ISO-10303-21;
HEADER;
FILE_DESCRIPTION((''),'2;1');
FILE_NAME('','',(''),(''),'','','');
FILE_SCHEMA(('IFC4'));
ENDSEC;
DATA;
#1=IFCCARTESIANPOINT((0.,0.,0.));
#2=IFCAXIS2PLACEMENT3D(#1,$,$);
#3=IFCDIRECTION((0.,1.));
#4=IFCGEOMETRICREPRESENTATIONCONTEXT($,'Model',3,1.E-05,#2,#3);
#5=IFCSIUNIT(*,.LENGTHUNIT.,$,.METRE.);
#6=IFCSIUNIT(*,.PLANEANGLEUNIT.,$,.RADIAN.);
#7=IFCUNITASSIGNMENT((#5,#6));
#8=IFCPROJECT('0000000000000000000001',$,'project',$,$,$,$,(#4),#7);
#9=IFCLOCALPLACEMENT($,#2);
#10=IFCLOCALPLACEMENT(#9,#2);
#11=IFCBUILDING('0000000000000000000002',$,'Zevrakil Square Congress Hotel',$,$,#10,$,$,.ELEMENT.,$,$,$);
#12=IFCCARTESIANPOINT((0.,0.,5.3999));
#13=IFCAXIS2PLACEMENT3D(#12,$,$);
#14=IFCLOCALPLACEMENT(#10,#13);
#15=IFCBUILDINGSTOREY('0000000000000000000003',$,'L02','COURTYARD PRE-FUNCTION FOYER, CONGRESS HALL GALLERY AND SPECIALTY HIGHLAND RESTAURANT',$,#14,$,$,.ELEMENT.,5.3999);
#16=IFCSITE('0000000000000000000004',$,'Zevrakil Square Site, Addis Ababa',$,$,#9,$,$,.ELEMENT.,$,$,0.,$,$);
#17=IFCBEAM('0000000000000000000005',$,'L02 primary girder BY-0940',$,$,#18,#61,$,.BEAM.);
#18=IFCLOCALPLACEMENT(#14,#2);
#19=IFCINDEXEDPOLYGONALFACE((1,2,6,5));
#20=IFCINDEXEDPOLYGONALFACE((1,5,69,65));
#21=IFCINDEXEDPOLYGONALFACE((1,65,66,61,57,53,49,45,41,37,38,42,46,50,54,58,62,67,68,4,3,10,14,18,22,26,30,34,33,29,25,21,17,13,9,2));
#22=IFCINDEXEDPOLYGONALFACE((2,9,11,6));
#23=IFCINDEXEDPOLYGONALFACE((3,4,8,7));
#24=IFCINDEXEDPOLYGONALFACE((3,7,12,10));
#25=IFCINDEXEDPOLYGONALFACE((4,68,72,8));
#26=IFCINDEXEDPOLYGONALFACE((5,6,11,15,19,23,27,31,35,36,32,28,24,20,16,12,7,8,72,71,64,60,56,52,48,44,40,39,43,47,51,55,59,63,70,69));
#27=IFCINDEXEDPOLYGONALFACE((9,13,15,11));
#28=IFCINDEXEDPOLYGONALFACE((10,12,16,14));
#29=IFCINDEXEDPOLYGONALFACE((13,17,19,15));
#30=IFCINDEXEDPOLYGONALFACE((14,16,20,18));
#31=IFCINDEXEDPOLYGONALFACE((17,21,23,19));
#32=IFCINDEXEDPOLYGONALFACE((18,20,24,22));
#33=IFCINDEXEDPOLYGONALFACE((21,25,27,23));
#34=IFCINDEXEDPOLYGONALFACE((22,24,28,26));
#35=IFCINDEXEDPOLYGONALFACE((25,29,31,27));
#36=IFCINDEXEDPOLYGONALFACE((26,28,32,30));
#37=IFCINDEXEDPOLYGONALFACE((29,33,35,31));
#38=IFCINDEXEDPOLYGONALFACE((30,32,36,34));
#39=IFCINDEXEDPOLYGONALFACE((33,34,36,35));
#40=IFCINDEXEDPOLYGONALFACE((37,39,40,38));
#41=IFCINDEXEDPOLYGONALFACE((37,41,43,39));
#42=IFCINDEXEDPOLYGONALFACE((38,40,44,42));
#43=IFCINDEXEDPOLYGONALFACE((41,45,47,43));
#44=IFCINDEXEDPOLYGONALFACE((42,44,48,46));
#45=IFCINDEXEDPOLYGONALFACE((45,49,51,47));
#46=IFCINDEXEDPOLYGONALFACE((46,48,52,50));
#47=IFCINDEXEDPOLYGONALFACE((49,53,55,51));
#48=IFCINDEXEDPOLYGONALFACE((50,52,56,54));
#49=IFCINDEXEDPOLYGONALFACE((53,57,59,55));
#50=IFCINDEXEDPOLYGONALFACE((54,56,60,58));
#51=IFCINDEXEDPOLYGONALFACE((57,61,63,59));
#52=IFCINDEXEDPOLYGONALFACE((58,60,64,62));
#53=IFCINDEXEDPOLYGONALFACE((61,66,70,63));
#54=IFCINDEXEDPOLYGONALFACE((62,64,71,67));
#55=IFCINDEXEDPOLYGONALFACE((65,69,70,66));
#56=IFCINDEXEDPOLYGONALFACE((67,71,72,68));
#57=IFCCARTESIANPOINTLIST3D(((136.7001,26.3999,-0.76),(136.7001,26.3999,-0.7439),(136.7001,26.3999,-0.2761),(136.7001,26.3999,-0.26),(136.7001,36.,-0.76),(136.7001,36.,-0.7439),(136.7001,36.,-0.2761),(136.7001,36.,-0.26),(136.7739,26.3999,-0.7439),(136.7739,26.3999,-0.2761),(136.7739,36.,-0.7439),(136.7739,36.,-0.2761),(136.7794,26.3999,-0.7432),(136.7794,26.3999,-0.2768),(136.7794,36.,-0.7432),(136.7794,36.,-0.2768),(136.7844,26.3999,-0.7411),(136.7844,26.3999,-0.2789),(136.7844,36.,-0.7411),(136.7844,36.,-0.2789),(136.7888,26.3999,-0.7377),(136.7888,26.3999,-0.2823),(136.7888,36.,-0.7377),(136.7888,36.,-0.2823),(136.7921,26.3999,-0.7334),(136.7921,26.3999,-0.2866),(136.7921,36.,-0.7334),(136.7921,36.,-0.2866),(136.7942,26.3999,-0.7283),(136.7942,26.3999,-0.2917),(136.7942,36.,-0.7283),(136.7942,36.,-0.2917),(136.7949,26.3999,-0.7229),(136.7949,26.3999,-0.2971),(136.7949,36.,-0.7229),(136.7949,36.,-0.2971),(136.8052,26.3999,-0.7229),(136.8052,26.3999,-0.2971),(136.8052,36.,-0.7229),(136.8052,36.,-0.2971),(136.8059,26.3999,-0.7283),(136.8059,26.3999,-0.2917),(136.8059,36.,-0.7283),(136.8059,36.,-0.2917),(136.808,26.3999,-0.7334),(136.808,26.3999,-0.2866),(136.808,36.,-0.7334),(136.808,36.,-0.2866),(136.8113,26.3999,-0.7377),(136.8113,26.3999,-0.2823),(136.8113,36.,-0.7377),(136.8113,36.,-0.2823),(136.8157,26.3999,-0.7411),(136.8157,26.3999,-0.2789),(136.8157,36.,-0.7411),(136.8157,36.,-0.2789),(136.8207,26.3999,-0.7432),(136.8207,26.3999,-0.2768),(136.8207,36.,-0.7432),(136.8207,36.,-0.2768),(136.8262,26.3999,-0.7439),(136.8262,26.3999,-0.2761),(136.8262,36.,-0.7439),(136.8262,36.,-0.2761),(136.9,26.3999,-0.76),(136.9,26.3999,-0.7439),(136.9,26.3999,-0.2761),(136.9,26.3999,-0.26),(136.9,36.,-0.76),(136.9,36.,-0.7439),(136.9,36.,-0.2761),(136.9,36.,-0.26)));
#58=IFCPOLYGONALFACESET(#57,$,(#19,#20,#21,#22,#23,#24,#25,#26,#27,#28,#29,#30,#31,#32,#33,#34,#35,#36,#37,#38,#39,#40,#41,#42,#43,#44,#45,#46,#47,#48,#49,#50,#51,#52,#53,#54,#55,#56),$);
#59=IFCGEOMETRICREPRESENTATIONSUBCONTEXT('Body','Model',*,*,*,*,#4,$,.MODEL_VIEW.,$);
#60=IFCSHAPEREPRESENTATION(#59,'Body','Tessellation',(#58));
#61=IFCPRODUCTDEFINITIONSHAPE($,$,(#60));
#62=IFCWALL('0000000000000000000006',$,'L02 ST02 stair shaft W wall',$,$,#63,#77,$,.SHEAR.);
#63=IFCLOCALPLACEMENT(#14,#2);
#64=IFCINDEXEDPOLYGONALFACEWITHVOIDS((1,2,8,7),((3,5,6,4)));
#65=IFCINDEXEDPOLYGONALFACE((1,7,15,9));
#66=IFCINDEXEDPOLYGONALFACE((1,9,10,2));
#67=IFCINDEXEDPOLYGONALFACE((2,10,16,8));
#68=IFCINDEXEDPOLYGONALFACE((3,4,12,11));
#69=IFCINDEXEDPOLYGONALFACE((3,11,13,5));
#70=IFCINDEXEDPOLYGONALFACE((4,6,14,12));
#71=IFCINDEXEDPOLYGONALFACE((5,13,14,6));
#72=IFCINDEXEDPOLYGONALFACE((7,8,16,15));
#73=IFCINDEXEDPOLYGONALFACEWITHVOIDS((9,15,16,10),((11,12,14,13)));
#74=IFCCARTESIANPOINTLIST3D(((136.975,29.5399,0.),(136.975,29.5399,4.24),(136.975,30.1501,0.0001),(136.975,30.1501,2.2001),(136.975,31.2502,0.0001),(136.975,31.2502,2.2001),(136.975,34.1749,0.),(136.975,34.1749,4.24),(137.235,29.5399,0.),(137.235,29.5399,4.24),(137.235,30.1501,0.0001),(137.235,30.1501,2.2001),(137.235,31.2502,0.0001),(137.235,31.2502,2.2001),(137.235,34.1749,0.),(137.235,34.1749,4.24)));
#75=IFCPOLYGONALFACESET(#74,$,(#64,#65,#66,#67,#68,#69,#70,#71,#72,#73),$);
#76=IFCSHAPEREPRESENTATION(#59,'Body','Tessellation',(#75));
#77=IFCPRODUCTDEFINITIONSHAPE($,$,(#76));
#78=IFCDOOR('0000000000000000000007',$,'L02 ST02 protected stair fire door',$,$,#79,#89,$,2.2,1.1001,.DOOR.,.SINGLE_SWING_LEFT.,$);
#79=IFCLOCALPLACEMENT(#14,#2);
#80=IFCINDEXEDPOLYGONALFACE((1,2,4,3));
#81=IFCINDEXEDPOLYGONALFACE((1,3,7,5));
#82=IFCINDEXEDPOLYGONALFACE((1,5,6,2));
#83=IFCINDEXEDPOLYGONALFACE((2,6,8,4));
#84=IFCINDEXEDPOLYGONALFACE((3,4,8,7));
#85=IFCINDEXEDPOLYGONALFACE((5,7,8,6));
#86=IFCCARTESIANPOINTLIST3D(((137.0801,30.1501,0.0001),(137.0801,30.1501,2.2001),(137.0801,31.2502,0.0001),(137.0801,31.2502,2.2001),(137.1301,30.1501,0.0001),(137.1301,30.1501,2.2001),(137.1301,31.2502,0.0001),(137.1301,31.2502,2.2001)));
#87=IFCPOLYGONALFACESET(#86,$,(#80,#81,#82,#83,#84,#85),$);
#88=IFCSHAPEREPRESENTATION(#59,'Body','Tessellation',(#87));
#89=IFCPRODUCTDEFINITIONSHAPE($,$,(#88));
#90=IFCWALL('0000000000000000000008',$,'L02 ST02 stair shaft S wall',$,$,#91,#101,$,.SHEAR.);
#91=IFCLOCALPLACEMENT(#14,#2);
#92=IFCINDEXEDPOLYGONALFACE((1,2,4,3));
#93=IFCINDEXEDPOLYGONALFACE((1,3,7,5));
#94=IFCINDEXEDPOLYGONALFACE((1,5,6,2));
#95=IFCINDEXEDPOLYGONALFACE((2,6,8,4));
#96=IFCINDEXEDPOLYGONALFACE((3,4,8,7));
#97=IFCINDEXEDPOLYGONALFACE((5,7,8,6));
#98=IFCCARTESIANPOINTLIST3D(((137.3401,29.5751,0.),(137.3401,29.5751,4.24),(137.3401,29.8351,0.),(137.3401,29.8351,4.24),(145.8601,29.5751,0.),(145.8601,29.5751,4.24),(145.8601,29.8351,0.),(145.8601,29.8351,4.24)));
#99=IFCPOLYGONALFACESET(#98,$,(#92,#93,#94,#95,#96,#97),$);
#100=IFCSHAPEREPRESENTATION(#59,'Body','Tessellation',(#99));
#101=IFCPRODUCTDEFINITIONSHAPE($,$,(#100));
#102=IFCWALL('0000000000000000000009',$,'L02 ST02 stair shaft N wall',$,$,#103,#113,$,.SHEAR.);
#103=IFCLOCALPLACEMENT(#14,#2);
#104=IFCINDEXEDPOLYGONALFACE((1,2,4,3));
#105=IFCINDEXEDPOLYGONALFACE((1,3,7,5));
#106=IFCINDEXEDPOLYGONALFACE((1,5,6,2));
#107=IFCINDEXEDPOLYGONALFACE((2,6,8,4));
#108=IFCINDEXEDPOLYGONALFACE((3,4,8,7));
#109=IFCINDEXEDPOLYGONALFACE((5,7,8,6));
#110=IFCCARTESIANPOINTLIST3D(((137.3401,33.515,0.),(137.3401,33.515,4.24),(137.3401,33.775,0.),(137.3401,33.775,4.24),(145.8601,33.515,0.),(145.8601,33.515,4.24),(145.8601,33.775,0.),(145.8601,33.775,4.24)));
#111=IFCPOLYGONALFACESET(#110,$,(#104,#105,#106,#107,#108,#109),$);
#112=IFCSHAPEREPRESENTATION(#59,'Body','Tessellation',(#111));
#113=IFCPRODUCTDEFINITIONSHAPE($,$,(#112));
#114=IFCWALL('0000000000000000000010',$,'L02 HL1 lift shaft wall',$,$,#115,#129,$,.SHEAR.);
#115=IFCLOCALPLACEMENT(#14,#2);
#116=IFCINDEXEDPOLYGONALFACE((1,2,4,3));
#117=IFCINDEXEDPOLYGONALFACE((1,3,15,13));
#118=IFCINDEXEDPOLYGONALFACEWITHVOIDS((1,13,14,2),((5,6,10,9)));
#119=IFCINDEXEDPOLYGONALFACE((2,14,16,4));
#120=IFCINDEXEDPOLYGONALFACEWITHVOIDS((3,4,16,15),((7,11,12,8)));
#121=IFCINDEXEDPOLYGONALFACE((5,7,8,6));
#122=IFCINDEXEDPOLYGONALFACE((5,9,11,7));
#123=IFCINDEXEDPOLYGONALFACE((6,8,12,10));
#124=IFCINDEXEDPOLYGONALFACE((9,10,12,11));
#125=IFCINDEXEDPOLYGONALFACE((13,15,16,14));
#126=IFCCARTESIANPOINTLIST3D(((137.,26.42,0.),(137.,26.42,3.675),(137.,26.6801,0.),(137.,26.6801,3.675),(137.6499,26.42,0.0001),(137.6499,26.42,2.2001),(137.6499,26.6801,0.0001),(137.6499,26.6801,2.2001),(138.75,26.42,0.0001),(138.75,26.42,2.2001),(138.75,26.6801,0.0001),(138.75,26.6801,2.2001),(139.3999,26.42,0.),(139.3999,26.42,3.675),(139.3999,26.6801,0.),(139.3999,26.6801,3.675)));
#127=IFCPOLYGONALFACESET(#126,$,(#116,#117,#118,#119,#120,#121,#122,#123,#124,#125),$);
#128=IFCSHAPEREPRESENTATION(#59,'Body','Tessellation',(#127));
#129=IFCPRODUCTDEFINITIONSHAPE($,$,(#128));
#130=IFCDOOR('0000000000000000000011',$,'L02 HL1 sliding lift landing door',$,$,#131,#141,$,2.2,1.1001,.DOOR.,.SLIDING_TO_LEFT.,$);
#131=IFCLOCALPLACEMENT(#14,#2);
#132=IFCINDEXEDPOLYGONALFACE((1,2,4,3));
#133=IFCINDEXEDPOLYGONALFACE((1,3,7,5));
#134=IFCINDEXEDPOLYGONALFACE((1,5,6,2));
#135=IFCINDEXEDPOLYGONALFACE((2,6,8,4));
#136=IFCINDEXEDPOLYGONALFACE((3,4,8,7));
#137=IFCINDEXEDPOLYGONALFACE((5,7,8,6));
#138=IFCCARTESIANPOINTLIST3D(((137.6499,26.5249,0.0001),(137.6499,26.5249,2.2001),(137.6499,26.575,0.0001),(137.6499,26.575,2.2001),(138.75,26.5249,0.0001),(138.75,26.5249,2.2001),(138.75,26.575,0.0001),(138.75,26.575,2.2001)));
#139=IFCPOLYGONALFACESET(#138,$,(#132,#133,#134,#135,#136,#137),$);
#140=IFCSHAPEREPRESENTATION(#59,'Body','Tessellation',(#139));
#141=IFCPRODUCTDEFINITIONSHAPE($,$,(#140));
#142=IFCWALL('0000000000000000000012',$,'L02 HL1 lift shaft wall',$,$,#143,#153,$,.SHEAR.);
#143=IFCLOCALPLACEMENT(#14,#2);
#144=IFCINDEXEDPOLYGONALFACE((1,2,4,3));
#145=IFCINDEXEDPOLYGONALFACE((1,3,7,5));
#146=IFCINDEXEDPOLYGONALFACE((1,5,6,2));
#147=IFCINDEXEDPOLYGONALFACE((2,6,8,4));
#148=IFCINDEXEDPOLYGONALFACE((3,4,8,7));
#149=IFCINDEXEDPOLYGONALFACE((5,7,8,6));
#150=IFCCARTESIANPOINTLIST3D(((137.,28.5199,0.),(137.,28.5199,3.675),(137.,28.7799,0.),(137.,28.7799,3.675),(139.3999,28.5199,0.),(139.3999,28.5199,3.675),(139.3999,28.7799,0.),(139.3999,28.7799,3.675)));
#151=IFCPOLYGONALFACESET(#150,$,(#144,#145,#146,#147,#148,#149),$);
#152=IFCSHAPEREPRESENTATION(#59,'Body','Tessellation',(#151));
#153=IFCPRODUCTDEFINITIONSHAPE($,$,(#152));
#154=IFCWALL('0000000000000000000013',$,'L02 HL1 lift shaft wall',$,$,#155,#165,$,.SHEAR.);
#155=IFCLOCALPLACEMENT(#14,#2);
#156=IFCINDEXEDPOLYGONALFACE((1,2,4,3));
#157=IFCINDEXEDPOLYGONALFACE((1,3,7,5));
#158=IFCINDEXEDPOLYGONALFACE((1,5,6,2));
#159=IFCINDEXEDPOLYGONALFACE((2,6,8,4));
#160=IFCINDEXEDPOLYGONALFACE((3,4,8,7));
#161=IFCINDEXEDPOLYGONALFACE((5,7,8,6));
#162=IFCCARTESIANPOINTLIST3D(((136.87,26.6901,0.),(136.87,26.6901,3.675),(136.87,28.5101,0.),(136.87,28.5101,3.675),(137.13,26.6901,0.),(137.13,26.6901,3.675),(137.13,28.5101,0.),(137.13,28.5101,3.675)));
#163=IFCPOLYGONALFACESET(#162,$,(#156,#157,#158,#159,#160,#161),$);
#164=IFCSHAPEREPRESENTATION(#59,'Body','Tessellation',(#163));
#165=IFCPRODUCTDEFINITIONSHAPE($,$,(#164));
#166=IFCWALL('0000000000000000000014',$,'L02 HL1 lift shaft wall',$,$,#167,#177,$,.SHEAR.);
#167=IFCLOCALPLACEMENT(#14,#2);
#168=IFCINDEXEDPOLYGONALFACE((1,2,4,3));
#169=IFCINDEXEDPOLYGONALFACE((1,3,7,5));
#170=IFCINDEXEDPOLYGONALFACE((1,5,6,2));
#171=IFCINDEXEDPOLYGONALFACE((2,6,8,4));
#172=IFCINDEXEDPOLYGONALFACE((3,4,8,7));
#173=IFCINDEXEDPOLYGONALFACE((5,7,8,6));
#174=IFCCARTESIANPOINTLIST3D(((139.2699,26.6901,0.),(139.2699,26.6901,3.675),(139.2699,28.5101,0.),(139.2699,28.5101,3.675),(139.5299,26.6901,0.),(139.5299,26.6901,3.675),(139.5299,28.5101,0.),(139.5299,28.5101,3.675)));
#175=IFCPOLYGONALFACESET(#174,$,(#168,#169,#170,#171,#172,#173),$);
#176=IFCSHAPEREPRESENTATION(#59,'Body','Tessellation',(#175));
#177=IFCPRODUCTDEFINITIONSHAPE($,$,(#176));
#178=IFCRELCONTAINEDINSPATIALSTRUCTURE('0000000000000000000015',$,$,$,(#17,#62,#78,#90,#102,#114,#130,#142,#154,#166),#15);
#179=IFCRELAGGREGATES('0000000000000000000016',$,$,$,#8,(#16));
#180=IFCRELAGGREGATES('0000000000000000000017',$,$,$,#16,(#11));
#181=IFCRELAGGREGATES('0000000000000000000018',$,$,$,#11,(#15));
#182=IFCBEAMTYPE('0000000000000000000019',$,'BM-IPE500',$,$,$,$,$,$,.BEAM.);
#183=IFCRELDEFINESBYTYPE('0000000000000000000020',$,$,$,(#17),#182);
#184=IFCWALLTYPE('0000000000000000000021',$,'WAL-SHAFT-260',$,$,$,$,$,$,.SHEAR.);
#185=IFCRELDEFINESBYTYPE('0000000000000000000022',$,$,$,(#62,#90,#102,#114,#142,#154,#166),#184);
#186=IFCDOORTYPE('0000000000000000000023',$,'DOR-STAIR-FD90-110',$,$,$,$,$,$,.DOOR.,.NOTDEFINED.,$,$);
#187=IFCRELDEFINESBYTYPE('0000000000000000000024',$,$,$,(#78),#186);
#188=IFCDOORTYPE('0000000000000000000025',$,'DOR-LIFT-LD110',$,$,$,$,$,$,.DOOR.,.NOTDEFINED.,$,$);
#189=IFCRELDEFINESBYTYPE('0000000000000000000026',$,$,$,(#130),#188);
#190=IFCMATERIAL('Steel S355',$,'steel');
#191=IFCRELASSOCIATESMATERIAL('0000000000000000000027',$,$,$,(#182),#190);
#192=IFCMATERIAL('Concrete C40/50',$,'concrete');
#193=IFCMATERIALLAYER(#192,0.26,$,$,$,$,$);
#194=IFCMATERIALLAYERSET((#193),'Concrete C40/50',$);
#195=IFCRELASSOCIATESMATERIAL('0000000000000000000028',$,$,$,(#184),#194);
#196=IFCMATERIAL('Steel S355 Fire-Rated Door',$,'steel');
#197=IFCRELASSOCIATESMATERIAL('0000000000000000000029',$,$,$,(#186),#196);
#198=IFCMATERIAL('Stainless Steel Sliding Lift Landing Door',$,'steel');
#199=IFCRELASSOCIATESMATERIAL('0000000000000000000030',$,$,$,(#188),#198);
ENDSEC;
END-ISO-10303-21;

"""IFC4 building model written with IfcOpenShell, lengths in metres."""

from ifc_helpers import new_model, si_unit, direction, frame, frame_2d, origin, origin_2d, place, context, subcontext, project, spatial, rectangle, i_section, extrude, material, layer, layer_set, material_profile, profile_set, type_object, element, fill, save


model = new_model("IFC4")

# Units and contexts
model_context = context("Model", 3, precision=1e-05, world=origin(), true_north=direction((0.0, 1.0)))
body_context = subcontext(model_context, "Body", "Model", "MODEL_VIEW")
ifc_project = project(units=[si_unit("LENGTHUNIT", "METRE"), si_unit("PLANEANGLEUNIT", "RADIAN")], contexts=[model_context])

# Site, building, storey
site_placement = place(None, origin())
site = spatial("IfcSite", under=ifc_project, at=site_placement, Name="Zevrakil Square Site, Addis Ababa", CompositionType="ELEMENT", RefElevation=0.0)
building_placement = place(site_placement, origin())
building = spatial("IfcBuilding", under=site, at=building_placement, Name="Zevrakil Square Congress Hotel", CompositionType="ELEMENT")
storey_placement = place(building_placement, frame((0.0, 0.0, 5.3999)))
storey = spatial("IfcBuildingStorey", under=building, at=storey_placement, Name="L02", Description="COURTYARD PRE-FUNCTION FOYER, CONGRESS HALL GALLERY AND SPECIALTY HIGHLAND RESTAURANT", CompositionType="ELEMENT", Elevation=5.3999)

# Beam
ifc_material_1 = material(Name="Steel S355", Category="steel")
ifc_material_profile = material_profile(ifc_material_1, i_section(OverallWidth=0.2, OverallDepth=0.5, WebThickness=0.0103, FlangeThickness=0.0161, FilletRadius=0.021, at=origin_2d()), Name="IPE 500")
ifc_profile_set = profile_set([ifc_material_profile], Name="Steel S355")
beam_type = type_object("IfcBeamType", Name="BM-IPE500", PredefinedType="BEAM", material=ifc_profile_set)
beam_placement = place(storey_placement, frame((136.8, 26.3999, -0.51), z_axis=(0.0, 1.0, 0.0), x_axis=(-1.0, 0.0, 0.0)))
element("IfcBeam", 1, at=beam_placement, inside=storey, type_object=beam_type, Name="L02 primary girder BY-0940", PredefinedType="BEAM", context=body_context, shape_type="SweptSolid", body=[
    extrude(i_section(OverallWidth=0.2, OverallDepth=0.5, WebThickness=0.0103, FlangeThickness=0.0161, FilletRadius=0.021, at=origin_2d()), origin(), (0.0, 0.0, 1.0), 9.6001),
])

# Wall, opening, door
ifc_material_2 = material(Name="Concrete C40/50", Category="concrete")
ifc_layer_1 = layer(ifc_material_2, 0.26)
ifc_layer_set_1 = layer_set([ifc_layer_1], Name="Concrete C40/50")
wall_type = type_object("IfcWallType", Name="WAL-SHAFT-260", PredefinedType="SHEAR", material=ifc_layer_set_1)
wall_1_placement = place(storey_placement, frame((137.105, 29.54, 0.0), z_axis=(0.0, 0.0, 1.0), x_axis=(0.0, 1.0, 0.0)))
wall_1 = element("IfcWall", 2, at=wall_1_placement, inside=storey, type_object=wall_type, Name="L02 ST02 stair shaft W wall", PredefinedType="SHEAR", context=body_context, shape_type="SweptSolid", body=[
    extrude(rectangle(XDim=4.635, YDim=0.26, at=frame_2d((2.3174, 0.0))), origin(), (0.0, 0.0, 1.0), 4.24),
])
opening_1_placement = place(wall_1_placement, frame((0.6101, 0.0, 0.0)))
opening_1 = element("IfcOpeningElement", 3, at=opening_1_placement, cuts=wall_1, PredefinedType="OPENING", context=body_context, shape_type="SweptSolid", body=[
    extrude(rectangle(XDim=1.1001, YDim=2.2, at=frame_2d((0.55, 1.1001))), frame((0.0, 0.1401, 0.0), z_axis=(0.0, -1.0, 0.0), x_axis=(1.0, 0.0, 0.0)), (0.0, 0.0, 1.0), 0.28),
])
ifc_material_3 = material(Name="Steel S355 Fire-Rated Door", Category="steel")
door_type_1 = type_object("IfcDoorType", Name="DOR-STAIR-FD90-110", OperationType="NOTDEFINED", PredefinedType="DOOR", material=ifc_material_3)
door_1_placement = place(opening_1_placement, origin())
door_1 = element("IfcDoor", 4, at=door_1_placement, inside=storey, type_object=door_type_1, Name="L02 ST02 protected stair fire door", OperationType="SINGLE_SWING_LEFT", OverallHeight=2.2, OverallWidth=1.1001, PredefinedType="DOOR", context=body_context, shape_type="SweptSolid", body=[
    extrude(rectangle(XDim=1.1001, YDim=2.2, at=frame_2d((0.55, 1.1001))), frame((0.0, 0.0249, 0.0), z_axis=(0.0, -1.0, 0.0), x_axis=(1.0, 0.0, 0.0)), (0.0, 0.0, 1.0), 0.05),
])
fill(opening_1, door_1)

# Walls
for number, where, z_axis, x_axis, name in (
    (5, (137.3401, 29.7051, 0.0), (0.0, 0.0, 1.0), (1.0, 0.0, 0.0), "L02 ST02 stair shaft S wall"),
    (6, (137.3401, 33.645, 0.0), (0.0, 0.0, 1.0), (1.0, 0.0, 0.0), "L02 ST02 stair shaft N wall"),
):
    element("IfcWall", number, at=place(storey_placement, frame(where, z_axis=z_axis, x_axis=x_axis)), inside=storey, type_object=wall_type, Name=name, PredefinedType="SHEAR", context=body_context, shape_type="SweptSolid", body=[
        extrude(rectangle(XDim=8.52, YDim=0.26, at=frame_2d((4.26, 0.0))), origin(), (0.0, 0.0, 1.0), 4.24),
    ])

# Wall, opening, door
wall_2_placement = place(storey_placement, frame((137.0, 26.55, 0.0), z_axis=(0.0, 0.0, 1.0), x_axis=(1.0, 0.0, 0.0)))
wall_2 = element("IfcWall", 7, at=wall_2_placement, inside=storey, type_object=wall_type, Name="L02 HL1 lift shaft wall", PredefinedType="SHEAR", context=body_context, shape_type="SweptSolid", body=[
    extrude(rectangle(XDim=2.3999, YDim=0.26, at=frame_2d((1.2, 0.0))), origin(), (0.0, 0.0, 1.0), 3.675),
])
opening_2_placement = place(wall_2_placement, frame((0.6499, 0.0, 0.0)))
opening_2 = element("IfcOpeningElement", 8, at=opening_2_placement, cuts=wall_2, PredefinedType="OPENING", context=body_context, shape_type="SweptSolid", body=[
    extrude(rectangle(XDim=1.1001, YDim=2.2, at=frame_2d((0.55, 1.1001))), frame((0.0, 0.1401, 0.0), z_axis=(0.0, -1.0, 0.0), x_axis=(1.0, 0.0, 0.0)), (0.0, 0.0, 1.0), 0.28),
])
ifc_material_4 = material(Name="Stainless Steel Sliding Lift Landing Door", Category="steel")
door_type_2 = type_object("IfcDoorType", Name="DOR-LIFT-LD110", OperationType="NOTDEFINED", PredefinedType="DOOR", material=ifc_material_4)
door_2_placement = place(opening_2_placement, origin())
door_2 = element("IfcDoor", 9, at=door_2_placement, inside=storey, type_object=door_type_2, Name="L02 HL1 sliding lift landing door", OperationType="SLIDING_TO_LEFT", OverallHeight=2.2, OverallWidth=1.1001, PredefinedType="DOOR", context=body_context, shape_type="SweptSolid", body=[
    extrude(rectangle(XDim=1.1001, YDim=2.2, at=frame_2d((0.55, 1.1001))), frame((0.0, 0.0249, 0.0), z_axis=(0.0, -1.0, 0.0), x_axis=(1.0, 0.0, 0.0)), (0.0, 0.0, 1.0), 0.05),
])
fill(opening_2, door_2)

# Walls
wall_3_placement = place(storey_placement, frame((137.0, 28.6499, 0.0), z_axis=(0.0, 0.0, 1.0), x_axis=(1.0, 0.0, 0.0)))
element("IfcWall", 10, at=wall_3_placement, inside=storey, type_object=wall_type, Name="L02 HL1 lift shaft wall", PredefinedType="SHEAR", context=body_context, shape_type="SweptSolid", body=[
    extrude(rectangle(XDim=2.3999, YDim=0.26, at=frame_2d((1.2, 0.0))), origin(), (0.0, 0.0, 1.0), 3.675),
])
for number, where, z_axis, x_axis, name in (
    (11, (137.0, 26.6899, 0.0), (0.0, 0.0, 1.0), (0.0, 1.0, 0.0), "L02 HL1 lift shaft wall"),
    (12, (139.3999, 26.6899, 0.0), (0.0, 0.0, 1.0), (0.0, 1.0, 0.0), "L02 HL1 lift shaft wall"),
):
    element("IfcWall", number, at=place(storey_placement, frame(where, z_axis=z_axis, x_axis=x_axis)), inside=storey, type_object=wall_type, Name=name, PredefinedType="SHEAR", context=body_context, shape_type="SweptSolid", body=[
        extrude(rectangle(XDim=1.8201, YDim=0.26, at=frame_2d((0.9102, 0.0))), origin(), (0.0, 0.0, 1.0), 3.675),
    ])

save(model, "model.ifc")
